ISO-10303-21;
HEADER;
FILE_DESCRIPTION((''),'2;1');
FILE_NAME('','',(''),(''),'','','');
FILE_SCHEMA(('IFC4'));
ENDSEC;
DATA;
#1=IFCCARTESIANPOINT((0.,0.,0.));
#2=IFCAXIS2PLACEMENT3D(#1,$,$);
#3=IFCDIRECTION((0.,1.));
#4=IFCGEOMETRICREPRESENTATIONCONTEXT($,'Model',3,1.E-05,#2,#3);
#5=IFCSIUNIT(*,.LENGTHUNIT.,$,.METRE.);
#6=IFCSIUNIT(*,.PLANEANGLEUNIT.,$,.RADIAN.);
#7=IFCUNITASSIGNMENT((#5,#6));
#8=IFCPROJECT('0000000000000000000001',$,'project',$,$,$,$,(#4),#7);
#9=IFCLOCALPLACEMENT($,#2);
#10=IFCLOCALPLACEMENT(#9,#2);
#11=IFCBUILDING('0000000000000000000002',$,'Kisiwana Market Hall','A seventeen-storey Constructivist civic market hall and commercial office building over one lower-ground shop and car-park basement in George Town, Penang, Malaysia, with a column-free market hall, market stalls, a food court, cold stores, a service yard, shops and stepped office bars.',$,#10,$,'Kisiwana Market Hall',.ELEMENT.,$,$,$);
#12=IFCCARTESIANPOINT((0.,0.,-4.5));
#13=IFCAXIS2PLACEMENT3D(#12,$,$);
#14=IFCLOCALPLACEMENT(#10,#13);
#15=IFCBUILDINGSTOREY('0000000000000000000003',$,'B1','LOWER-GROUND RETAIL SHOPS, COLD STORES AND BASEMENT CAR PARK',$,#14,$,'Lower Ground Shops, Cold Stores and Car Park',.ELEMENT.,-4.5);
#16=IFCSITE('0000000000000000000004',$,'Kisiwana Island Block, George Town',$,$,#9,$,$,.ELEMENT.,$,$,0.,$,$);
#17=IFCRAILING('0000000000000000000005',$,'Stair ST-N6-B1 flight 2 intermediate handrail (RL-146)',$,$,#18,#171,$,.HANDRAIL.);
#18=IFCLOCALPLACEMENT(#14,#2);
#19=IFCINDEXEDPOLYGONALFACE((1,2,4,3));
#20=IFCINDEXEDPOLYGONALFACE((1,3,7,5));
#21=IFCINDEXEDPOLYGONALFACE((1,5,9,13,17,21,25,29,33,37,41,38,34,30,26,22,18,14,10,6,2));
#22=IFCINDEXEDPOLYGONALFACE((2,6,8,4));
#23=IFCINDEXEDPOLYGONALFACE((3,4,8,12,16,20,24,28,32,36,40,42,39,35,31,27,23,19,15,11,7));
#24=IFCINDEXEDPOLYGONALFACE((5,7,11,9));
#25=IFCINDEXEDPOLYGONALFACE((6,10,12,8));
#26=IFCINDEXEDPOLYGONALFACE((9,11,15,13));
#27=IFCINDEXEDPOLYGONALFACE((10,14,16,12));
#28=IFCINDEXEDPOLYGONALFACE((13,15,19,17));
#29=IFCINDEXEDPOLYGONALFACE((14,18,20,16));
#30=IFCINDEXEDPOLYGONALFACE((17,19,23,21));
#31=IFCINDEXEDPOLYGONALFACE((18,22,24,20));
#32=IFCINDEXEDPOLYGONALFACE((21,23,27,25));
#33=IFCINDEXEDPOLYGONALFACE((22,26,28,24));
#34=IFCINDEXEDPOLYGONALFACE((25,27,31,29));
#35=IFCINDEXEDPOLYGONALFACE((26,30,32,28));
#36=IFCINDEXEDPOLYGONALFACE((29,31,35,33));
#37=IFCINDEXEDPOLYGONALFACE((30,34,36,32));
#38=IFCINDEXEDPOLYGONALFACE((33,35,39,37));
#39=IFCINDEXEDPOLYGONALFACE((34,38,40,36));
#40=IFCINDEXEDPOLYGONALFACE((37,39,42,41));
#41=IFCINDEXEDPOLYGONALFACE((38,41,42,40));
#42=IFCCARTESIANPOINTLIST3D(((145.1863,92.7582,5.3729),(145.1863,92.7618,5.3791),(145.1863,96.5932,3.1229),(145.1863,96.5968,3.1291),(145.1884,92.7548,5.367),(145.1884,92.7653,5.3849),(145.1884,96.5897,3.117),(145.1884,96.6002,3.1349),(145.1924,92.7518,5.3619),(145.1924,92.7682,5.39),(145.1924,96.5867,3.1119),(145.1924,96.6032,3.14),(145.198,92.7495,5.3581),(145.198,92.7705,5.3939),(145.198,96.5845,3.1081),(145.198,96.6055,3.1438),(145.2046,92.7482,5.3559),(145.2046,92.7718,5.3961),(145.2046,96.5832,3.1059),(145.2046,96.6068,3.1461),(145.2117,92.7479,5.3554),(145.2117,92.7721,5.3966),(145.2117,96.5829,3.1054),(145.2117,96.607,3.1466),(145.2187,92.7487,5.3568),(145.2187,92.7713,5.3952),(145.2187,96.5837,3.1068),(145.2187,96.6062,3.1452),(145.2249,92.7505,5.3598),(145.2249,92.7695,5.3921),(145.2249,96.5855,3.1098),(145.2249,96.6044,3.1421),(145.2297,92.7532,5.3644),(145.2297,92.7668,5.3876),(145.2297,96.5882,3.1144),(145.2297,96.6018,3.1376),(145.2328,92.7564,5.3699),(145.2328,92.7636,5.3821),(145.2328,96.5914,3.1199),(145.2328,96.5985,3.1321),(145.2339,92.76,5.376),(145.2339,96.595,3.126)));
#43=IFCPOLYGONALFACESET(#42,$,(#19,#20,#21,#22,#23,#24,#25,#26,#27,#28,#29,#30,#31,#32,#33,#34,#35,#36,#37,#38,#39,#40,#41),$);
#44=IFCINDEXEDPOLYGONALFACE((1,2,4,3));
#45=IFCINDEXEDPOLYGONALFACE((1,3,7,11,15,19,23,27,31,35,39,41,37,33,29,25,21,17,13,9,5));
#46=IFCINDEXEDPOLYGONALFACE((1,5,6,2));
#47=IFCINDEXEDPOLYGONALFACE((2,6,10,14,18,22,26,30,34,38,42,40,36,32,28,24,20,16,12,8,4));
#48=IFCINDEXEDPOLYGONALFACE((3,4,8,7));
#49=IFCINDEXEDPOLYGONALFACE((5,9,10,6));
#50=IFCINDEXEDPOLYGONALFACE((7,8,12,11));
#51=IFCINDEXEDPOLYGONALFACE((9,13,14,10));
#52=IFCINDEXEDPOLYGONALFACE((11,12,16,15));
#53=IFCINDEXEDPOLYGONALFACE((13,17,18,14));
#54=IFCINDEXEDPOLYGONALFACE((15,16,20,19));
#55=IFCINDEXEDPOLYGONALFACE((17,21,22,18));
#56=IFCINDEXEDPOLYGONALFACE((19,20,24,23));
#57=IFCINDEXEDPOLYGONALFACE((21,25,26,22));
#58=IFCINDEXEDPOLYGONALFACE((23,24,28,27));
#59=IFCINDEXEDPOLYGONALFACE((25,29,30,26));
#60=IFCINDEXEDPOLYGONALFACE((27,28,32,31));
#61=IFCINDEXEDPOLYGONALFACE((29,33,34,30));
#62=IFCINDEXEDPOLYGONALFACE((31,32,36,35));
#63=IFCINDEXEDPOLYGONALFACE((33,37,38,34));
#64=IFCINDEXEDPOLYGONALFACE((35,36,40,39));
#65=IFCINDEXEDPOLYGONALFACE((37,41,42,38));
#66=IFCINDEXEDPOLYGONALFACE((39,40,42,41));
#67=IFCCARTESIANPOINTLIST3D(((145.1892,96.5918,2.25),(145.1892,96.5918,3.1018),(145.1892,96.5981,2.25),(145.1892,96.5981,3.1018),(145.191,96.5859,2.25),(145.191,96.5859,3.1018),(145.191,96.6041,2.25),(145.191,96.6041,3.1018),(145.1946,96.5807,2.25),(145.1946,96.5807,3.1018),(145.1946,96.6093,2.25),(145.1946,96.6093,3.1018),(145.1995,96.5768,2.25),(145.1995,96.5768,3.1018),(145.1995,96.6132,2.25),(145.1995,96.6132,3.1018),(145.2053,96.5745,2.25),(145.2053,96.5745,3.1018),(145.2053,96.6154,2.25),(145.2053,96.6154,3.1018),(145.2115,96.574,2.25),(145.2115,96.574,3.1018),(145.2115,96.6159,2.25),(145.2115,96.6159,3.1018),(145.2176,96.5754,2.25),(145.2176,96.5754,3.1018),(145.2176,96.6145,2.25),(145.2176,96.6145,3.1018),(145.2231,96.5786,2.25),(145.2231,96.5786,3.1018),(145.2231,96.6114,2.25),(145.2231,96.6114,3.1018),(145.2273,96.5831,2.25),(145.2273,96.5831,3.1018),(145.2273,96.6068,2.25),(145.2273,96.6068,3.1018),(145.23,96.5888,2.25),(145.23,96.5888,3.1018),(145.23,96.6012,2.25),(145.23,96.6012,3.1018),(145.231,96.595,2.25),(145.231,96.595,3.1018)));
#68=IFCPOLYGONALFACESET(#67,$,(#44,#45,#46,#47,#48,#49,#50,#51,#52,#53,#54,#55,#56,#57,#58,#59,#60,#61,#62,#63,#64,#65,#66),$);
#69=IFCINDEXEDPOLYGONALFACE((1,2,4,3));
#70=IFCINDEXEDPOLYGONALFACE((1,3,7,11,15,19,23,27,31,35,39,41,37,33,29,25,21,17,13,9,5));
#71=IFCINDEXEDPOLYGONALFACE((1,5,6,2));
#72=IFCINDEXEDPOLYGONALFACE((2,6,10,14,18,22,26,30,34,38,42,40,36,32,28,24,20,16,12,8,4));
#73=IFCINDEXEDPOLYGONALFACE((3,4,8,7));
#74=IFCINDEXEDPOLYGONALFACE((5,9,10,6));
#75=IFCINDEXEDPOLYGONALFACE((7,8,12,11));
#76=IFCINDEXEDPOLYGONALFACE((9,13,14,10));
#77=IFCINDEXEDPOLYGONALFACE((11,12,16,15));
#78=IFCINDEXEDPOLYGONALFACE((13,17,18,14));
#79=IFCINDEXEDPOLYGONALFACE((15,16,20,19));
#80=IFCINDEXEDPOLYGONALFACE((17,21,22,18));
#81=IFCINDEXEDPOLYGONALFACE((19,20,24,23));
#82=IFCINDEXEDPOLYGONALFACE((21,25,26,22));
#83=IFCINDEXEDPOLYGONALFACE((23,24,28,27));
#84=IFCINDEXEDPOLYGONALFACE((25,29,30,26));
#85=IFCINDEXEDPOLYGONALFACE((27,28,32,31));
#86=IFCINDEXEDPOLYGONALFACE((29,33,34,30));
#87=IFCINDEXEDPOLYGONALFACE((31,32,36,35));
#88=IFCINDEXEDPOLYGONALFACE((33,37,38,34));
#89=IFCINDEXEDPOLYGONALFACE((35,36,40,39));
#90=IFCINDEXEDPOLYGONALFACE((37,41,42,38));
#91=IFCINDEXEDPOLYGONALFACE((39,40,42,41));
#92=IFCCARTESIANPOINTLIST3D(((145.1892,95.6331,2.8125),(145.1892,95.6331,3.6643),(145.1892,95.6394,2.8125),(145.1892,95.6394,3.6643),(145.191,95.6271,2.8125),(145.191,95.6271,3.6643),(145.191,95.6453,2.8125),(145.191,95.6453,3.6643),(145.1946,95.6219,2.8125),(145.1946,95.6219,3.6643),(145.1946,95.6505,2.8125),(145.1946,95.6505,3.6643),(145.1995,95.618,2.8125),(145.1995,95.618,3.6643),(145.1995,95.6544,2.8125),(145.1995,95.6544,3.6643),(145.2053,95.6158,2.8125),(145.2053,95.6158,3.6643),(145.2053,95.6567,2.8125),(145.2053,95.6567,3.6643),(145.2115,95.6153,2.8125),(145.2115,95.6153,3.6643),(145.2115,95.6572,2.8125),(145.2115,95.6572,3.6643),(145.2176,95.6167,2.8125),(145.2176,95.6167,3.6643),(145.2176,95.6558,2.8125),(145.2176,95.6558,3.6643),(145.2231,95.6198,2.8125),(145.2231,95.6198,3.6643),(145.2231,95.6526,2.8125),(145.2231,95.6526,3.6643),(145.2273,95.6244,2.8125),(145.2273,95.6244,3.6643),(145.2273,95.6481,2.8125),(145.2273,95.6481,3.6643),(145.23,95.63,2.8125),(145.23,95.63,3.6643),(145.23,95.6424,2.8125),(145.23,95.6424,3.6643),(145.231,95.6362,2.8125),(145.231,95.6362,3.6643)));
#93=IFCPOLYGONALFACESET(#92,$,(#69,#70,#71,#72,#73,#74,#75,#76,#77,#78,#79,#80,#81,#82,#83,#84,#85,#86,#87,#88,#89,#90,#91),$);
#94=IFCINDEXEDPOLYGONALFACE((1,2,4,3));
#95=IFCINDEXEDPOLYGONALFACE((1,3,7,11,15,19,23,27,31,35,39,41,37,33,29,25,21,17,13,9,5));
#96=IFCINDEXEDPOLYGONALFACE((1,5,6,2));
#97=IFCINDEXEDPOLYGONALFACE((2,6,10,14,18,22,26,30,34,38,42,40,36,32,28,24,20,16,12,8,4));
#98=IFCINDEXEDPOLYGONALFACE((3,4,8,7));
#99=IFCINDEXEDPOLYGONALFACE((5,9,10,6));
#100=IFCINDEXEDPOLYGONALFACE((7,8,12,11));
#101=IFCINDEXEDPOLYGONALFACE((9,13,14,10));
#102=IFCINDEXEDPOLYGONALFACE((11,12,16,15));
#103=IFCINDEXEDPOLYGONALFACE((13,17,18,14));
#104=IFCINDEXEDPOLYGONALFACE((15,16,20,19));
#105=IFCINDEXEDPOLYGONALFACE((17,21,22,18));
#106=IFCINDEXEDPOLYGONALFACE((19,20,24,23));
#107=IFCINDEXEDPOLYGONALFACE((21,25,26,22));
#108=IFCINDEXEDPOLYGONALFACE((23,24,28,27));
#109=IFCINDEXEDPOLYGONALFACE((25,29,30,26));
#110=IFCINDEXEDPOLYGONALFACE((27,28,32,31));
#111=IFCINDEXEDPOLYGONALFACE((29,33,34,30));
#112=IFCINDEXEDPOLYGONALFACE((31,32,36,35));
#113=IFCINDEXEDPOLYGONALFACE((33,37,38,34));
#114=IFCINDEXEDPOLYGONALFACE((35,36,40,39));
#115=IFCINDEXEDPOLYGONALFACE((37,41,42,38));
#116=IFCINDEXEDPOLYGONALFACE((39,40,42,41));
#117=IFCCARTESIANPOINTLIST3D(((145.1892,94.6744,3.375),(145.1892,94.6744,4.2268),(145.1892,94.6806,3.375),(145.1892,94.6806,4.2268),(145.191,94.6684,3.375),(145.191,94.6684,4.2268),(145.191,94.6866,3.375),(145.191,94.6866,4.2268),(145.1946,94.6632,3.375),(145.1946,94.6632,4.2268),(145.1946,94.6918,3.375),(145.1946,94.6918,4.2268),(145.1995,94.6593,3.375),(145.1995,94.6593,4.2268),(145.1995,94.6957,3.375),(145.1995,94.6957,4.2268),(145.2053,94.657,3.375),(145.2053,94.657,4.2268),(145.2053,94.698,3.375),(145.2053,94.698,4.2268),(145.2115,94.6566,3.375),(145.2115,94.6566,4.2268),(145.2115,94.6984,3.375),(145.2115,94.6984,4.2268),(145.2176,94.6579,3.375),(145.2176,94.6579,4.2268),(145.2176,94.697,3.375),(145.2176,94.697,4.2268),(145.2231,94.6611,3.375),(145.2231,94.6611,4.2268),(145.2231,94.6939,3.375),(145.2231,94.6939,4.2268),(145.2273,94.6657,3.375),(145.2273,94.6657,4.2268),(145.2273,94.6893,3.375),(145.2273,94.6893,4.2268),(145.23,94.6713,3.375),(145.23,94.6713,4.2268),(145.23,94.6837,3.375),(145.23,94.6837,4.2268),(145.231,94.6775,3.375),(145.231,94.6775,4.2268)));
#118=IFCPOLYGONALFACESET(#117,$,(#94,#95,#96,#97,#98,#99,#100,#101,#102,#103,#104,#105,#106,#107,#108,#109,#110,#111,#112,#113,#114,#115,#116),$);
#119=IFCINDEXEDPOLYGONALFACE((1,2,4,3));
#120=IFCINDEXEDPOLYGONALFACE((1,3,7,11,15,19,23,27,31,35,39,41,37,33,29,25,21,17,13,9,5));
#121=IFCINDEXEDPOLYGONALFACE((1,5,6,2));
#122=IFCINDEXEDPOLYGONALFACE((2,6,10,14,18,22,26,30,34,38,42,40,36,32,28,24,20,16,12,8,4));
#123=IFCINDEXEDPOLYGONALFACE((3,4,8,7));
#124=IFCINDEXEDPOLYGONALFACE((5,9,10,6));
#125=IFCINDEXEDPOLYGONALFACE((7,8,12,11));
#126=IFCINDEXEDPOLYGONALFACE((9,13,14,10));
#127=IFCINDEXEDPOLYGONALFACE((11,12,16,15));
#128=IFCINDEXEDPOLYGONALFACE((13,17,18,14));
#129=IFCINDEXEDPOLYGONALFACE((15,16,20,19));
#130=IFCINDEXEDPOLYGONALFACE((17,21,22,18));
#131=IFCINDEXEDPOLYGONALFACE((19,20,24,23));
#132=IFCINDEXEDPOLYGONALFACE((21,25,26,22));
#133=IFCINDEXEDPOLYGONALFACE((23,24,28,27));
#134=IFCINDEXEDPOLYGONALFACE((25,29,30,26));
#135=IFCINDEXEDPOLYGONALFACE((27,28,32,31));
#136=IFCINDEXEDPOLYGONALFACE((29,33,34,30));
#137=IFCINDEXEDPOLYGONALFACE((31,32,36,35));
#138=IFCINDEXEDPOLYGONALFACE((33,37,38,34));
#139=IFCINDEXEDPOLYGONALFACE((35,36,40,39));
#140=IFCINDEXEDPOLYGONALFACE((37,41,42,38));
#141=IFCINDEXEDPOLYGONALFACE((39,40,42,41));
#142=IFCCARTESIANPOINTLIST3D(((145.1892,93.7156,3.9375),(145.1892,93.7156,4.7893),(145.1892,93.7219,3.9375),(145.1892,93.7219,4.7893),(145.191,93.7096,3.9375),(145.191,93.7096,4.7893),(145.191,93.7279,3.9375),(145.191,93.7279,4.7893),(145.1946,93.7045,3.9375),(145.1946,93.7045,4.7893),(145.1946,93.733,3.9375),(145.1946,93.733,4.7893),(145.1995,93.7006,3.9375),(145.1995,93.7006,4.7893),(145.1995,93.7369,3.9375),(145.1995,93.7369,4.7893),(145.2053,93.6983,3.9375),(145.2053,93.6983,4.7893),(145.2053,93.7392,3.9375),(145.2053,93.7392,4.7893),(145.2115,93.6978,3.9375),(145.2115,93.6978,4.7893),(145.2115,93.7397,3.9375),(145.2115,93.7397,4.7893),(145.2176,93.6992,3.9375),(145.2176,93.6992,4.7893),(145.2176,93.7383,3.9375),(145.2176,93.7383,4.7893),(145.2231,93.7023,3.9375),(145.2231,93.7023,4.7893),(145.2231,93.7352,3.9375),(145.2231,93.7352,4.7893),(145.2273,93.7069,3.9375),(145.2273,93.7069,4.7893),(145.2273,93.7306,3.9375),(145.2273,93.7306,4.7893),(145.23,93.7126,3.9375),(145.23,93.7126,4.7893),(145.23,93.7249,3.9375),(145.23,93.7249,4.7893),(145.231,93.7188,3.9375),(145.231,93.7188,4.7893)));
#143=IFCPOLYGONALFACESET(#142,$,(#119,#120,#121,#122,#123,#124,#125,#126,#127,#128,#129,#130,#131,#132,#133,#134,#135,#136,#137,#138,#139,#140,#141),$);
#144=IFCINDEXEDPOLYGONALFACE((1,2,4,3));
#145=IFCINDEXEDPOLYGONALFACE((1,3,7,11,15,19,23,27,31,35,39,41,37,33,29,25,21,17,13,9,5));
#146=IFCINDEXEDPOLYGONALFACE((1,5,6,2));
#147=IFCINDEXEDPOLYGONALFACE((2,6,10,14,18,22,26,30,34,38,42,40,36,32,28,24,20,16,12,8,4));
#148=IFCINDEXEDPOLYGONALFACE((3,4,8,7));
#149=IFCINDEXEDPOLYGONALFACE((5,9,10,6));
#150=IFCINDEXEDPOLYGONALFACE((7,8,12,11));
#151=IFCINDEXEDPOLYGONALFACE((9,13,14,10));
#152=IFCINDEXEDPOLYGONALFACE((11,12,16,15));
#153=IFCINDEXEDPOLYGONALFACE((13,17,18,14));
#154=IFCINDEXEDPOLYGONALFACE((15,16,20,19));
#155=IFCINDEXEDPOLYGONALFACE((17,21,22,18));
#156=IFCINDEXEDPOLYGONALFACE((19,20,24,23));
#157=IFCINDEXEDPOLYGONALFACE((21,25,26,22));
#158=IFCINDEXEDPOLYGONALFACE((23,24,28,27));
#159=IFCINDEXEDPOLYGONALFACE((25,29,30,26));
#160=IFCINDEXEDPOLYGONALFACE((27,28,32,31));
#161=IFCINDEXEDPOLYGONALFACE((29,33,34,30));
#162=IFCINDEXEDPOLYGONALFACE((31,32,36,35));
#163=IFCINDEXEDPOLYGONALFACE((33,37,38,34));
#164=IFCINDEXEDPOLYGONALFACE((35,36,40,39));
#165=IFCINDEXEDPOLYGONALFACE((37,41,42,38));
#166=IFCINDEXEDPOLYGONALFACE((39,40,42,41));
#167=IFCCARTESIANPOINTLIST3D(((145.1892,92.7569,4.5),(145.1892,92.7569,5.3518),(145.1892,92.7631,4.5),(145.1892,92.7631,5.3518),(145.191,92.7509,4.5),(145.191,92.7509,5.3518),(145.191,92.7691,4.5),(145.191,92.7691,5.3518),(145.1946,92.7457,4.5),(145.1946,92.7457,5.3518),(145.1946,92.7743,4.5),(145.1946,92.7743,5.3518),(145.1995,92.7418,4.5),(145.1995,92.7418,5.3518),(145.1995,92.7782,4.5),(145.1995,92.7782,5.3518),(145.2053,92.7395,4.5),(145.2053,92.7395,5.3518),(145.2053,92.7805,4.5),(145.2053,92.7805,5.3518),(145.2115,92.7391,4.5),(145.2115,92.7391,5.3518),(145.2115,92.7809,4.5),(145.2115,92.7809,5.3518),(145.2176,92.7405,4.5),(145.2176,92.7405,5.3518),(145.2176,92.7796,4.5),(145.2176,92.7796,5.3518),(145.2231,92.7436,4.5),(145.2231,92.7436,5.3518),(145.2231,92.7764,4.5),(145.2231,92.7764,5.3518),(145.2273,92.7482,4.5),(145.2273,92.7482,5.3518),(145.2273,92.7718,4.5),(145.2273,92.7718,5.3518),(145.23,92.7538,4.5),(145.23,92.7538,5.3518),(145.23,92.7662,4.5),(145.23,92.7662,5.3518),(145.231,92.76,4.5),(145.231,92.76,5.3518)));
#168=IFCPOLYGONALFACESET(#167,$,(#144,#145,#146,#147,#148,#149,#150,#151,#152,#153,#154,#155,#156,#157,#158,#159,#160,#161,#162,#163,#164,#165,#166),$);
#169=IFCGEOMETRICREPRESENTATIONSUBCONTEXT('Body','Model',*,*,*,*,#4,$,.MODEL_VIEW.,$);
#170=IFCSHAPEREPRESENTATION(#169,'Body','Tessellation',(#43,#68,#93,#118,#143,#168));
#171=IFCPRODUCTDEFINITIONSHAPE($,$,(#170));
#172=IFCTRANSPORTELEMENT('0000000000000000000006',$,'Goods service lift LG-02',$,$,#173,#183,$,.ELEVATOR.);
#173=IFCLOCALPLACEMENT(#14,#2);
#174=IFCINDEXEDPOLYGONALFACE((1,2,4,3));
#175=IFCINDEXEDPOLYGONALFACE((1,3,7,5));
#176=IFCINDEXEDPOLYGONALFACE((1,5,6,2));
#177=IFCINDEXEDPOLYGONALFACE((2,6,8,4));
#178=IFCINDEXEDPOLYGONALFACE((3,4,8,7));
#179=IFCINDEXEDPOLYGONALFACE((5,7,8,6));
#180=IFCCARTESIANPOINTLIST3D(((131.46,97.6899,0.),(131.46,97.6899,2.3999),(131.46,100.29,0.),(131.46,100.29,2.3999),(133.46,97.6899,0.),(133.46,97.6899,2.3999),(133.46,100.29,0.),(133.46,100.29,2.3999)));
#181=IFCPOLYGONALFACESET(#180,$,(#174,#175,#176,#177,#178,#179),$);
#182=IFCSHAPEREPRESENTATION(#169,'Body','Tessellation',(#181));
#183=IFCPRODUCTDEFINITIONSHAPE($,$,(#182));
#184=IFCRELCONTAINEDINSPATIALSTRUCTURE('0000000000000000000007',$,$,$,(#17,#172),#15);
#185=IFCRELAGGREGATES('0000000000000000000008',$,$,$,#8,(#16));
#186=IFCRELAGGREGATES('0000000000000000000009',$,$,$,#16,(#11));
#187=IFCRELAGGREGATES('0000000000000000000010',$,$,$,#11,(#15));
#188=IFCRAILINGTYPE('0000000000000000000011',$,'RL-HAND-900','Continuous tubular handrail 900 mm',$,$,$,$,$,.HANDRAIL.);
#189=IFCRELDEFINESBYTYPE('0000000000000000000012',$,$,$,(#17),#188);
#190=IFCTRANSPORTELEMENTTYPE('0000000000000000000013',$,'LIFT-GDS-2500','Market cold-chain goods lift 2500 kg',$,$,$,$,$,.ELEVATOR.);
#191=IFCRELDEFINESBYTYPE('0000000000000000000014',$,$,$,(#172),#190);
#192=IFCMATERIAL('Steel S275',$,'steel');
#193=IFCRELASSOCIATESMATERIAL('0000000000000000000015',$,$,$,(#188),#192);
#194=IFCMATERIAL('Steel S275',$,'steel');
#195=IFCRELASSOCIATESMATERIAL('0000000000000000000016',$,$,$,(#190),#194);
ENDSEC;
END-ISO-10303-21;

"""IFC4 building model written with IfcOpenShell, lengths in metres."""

from ifc_helpers import new_model, si_unit, direction, frame, origin, origin_2d, place, context, subcontext, project, spatial, rectangle, circle, extrude, material, type_object, element, save


model = new_model("IFC4")

# Units and contexts
model_context = context("Model", 3, precision=1e-05, world=origin(), true_north=direction((0.0, 1.0)))
body_context = subcontext(model_context, "Body", "Model", "MODEL_VIEW")
ifc_project = project(units=[si_unit("LENGTHUNIT", "METRE"), si_unit("PLANEANGLEUNIT", "RADIAN")], contexts=[model_context])

# Site, building, storey
site_placement = place(None, origin())
site = spatial("IfcSite", under=ifc_project, at=site_placement, Name="Kisiwana Island Block, George Town", CompositionType="ELEMENT", RefElevation=0.0)
building_placement = place(site_placement, origin())
building = spatial("IfcBuilding", under=site, at=building_placement, Name="Kisiwana Market Hall", Description="A seventeen-storey Constructivist civic market hall and commercial office building over one lower-ground shop and car-park basement in George Town, Penang, Malaysia, with a column-free market hall, market stalls, a food court, cold stores, a service yard, shops and stepped office bars.", LongName="Kisiwana Market Hall", CompositionType="ELEMENT")
storey_placement = place(building_placement, frame((0.0, 0.0, -4.5)))
storey = spatial("IfcBuildingStorey", under=building, at=storey_placement, Name="B1", Description="LOWER-GROUND RETAIL SHOPS, COLD STORES AND BASEMENT CAR PARK", LongName="Lower Ground Shops, Cold Stores and Car Park", CompositionType="ELEMENT", Elevation=-4.5)

# Railing
ifc_material_1 = material(Name="Steel S275", Category="steel")
railing_type_1 = type_object("IfcRailingType", Name="RL-HAND-900", Description="Continuous tubular handrail 900 mm", PredefinedType="HANDRAIL", material=ifc_material_1)
railing_1_placement = place(storey_placement, frame((145.21, 96.595, 2.25)))
element("IfcRailing", 1, at=railing_1_placement, inside=storey, type_object=railing_type_1, Name="Stair ST-N6-B1 flight 2 intermediate handrail (RL-146)", PredefinedType="HANDRAIL", context=body_context, shape_type="SweptSolid", body=[
    extrude(circle(Radius=0.0239, at=origin_2d()), frame((0.0, 0.0, 0.876), z_axis=(0.0, -0.86251, 0.506041), x_axis=(1.0, 0.0, 0.0)), (0.0, 0.0, 1.0), 4.4463),
    extrude(circle(Radius=0.021, at=origin_2d()), origin(), (0.0, 0.0, 1.0), 0.8518),
    extrude(circle(Radius=0.021, at=origin_2d()), frame((0.0, -0.9587, 0.5625)), (0.0, 0.0, 1.0), 0.8518),
    extrude(circle(Radius=0.021, at=origin_2d()), frame((0.0, -1.9175, 1.125)), (0.0, 0.0, 1.0), 0.8518),
    extrude(circle(Radius=0.021, at=origin_2d()), frame((0.0, -2.8762, 1.6875)), (0.0, 0.0, 1.0), 0.8518),
    extrude(circle(Radius=0.021, at=origin_2d()), frame((0.0, -3.835, 2.25)), (0.0, 0.0, 1.0), 0.8518),
])

# Transport element
ifc_material_2 = material(Name="Steel S275", Category="steel")
transport_element_type = type_object("IfcTransportElementType", Name="LIFT-GDS-2500", Description="Market cold-chain goods lift 2500 kg", PredefinedType="ELEVATOR", material=ifc_material_2)
transport_element_placement = place(storey_placement, frame((132.46, 98.99, 0.0), z_axis=(0.0, 0.0, 1.0), x_axis=(1.0, 0.0, 0.0)))
element("IfcTransportElement", 2, at=transport_element_placement, inside=storey, type_object=transport_element_type, Name="Goods service lift LG-02", PredefinedType="ELEVATOR", context=body_context, shape_type="SweptSolid", body=[
    extrude(rectangle(XDim=2.0, YDim=2.6001, at=origin_2d()), origin(), (0.0, 0.0, 1.0), 2.3999),
])

save(model, "model.ifc")
